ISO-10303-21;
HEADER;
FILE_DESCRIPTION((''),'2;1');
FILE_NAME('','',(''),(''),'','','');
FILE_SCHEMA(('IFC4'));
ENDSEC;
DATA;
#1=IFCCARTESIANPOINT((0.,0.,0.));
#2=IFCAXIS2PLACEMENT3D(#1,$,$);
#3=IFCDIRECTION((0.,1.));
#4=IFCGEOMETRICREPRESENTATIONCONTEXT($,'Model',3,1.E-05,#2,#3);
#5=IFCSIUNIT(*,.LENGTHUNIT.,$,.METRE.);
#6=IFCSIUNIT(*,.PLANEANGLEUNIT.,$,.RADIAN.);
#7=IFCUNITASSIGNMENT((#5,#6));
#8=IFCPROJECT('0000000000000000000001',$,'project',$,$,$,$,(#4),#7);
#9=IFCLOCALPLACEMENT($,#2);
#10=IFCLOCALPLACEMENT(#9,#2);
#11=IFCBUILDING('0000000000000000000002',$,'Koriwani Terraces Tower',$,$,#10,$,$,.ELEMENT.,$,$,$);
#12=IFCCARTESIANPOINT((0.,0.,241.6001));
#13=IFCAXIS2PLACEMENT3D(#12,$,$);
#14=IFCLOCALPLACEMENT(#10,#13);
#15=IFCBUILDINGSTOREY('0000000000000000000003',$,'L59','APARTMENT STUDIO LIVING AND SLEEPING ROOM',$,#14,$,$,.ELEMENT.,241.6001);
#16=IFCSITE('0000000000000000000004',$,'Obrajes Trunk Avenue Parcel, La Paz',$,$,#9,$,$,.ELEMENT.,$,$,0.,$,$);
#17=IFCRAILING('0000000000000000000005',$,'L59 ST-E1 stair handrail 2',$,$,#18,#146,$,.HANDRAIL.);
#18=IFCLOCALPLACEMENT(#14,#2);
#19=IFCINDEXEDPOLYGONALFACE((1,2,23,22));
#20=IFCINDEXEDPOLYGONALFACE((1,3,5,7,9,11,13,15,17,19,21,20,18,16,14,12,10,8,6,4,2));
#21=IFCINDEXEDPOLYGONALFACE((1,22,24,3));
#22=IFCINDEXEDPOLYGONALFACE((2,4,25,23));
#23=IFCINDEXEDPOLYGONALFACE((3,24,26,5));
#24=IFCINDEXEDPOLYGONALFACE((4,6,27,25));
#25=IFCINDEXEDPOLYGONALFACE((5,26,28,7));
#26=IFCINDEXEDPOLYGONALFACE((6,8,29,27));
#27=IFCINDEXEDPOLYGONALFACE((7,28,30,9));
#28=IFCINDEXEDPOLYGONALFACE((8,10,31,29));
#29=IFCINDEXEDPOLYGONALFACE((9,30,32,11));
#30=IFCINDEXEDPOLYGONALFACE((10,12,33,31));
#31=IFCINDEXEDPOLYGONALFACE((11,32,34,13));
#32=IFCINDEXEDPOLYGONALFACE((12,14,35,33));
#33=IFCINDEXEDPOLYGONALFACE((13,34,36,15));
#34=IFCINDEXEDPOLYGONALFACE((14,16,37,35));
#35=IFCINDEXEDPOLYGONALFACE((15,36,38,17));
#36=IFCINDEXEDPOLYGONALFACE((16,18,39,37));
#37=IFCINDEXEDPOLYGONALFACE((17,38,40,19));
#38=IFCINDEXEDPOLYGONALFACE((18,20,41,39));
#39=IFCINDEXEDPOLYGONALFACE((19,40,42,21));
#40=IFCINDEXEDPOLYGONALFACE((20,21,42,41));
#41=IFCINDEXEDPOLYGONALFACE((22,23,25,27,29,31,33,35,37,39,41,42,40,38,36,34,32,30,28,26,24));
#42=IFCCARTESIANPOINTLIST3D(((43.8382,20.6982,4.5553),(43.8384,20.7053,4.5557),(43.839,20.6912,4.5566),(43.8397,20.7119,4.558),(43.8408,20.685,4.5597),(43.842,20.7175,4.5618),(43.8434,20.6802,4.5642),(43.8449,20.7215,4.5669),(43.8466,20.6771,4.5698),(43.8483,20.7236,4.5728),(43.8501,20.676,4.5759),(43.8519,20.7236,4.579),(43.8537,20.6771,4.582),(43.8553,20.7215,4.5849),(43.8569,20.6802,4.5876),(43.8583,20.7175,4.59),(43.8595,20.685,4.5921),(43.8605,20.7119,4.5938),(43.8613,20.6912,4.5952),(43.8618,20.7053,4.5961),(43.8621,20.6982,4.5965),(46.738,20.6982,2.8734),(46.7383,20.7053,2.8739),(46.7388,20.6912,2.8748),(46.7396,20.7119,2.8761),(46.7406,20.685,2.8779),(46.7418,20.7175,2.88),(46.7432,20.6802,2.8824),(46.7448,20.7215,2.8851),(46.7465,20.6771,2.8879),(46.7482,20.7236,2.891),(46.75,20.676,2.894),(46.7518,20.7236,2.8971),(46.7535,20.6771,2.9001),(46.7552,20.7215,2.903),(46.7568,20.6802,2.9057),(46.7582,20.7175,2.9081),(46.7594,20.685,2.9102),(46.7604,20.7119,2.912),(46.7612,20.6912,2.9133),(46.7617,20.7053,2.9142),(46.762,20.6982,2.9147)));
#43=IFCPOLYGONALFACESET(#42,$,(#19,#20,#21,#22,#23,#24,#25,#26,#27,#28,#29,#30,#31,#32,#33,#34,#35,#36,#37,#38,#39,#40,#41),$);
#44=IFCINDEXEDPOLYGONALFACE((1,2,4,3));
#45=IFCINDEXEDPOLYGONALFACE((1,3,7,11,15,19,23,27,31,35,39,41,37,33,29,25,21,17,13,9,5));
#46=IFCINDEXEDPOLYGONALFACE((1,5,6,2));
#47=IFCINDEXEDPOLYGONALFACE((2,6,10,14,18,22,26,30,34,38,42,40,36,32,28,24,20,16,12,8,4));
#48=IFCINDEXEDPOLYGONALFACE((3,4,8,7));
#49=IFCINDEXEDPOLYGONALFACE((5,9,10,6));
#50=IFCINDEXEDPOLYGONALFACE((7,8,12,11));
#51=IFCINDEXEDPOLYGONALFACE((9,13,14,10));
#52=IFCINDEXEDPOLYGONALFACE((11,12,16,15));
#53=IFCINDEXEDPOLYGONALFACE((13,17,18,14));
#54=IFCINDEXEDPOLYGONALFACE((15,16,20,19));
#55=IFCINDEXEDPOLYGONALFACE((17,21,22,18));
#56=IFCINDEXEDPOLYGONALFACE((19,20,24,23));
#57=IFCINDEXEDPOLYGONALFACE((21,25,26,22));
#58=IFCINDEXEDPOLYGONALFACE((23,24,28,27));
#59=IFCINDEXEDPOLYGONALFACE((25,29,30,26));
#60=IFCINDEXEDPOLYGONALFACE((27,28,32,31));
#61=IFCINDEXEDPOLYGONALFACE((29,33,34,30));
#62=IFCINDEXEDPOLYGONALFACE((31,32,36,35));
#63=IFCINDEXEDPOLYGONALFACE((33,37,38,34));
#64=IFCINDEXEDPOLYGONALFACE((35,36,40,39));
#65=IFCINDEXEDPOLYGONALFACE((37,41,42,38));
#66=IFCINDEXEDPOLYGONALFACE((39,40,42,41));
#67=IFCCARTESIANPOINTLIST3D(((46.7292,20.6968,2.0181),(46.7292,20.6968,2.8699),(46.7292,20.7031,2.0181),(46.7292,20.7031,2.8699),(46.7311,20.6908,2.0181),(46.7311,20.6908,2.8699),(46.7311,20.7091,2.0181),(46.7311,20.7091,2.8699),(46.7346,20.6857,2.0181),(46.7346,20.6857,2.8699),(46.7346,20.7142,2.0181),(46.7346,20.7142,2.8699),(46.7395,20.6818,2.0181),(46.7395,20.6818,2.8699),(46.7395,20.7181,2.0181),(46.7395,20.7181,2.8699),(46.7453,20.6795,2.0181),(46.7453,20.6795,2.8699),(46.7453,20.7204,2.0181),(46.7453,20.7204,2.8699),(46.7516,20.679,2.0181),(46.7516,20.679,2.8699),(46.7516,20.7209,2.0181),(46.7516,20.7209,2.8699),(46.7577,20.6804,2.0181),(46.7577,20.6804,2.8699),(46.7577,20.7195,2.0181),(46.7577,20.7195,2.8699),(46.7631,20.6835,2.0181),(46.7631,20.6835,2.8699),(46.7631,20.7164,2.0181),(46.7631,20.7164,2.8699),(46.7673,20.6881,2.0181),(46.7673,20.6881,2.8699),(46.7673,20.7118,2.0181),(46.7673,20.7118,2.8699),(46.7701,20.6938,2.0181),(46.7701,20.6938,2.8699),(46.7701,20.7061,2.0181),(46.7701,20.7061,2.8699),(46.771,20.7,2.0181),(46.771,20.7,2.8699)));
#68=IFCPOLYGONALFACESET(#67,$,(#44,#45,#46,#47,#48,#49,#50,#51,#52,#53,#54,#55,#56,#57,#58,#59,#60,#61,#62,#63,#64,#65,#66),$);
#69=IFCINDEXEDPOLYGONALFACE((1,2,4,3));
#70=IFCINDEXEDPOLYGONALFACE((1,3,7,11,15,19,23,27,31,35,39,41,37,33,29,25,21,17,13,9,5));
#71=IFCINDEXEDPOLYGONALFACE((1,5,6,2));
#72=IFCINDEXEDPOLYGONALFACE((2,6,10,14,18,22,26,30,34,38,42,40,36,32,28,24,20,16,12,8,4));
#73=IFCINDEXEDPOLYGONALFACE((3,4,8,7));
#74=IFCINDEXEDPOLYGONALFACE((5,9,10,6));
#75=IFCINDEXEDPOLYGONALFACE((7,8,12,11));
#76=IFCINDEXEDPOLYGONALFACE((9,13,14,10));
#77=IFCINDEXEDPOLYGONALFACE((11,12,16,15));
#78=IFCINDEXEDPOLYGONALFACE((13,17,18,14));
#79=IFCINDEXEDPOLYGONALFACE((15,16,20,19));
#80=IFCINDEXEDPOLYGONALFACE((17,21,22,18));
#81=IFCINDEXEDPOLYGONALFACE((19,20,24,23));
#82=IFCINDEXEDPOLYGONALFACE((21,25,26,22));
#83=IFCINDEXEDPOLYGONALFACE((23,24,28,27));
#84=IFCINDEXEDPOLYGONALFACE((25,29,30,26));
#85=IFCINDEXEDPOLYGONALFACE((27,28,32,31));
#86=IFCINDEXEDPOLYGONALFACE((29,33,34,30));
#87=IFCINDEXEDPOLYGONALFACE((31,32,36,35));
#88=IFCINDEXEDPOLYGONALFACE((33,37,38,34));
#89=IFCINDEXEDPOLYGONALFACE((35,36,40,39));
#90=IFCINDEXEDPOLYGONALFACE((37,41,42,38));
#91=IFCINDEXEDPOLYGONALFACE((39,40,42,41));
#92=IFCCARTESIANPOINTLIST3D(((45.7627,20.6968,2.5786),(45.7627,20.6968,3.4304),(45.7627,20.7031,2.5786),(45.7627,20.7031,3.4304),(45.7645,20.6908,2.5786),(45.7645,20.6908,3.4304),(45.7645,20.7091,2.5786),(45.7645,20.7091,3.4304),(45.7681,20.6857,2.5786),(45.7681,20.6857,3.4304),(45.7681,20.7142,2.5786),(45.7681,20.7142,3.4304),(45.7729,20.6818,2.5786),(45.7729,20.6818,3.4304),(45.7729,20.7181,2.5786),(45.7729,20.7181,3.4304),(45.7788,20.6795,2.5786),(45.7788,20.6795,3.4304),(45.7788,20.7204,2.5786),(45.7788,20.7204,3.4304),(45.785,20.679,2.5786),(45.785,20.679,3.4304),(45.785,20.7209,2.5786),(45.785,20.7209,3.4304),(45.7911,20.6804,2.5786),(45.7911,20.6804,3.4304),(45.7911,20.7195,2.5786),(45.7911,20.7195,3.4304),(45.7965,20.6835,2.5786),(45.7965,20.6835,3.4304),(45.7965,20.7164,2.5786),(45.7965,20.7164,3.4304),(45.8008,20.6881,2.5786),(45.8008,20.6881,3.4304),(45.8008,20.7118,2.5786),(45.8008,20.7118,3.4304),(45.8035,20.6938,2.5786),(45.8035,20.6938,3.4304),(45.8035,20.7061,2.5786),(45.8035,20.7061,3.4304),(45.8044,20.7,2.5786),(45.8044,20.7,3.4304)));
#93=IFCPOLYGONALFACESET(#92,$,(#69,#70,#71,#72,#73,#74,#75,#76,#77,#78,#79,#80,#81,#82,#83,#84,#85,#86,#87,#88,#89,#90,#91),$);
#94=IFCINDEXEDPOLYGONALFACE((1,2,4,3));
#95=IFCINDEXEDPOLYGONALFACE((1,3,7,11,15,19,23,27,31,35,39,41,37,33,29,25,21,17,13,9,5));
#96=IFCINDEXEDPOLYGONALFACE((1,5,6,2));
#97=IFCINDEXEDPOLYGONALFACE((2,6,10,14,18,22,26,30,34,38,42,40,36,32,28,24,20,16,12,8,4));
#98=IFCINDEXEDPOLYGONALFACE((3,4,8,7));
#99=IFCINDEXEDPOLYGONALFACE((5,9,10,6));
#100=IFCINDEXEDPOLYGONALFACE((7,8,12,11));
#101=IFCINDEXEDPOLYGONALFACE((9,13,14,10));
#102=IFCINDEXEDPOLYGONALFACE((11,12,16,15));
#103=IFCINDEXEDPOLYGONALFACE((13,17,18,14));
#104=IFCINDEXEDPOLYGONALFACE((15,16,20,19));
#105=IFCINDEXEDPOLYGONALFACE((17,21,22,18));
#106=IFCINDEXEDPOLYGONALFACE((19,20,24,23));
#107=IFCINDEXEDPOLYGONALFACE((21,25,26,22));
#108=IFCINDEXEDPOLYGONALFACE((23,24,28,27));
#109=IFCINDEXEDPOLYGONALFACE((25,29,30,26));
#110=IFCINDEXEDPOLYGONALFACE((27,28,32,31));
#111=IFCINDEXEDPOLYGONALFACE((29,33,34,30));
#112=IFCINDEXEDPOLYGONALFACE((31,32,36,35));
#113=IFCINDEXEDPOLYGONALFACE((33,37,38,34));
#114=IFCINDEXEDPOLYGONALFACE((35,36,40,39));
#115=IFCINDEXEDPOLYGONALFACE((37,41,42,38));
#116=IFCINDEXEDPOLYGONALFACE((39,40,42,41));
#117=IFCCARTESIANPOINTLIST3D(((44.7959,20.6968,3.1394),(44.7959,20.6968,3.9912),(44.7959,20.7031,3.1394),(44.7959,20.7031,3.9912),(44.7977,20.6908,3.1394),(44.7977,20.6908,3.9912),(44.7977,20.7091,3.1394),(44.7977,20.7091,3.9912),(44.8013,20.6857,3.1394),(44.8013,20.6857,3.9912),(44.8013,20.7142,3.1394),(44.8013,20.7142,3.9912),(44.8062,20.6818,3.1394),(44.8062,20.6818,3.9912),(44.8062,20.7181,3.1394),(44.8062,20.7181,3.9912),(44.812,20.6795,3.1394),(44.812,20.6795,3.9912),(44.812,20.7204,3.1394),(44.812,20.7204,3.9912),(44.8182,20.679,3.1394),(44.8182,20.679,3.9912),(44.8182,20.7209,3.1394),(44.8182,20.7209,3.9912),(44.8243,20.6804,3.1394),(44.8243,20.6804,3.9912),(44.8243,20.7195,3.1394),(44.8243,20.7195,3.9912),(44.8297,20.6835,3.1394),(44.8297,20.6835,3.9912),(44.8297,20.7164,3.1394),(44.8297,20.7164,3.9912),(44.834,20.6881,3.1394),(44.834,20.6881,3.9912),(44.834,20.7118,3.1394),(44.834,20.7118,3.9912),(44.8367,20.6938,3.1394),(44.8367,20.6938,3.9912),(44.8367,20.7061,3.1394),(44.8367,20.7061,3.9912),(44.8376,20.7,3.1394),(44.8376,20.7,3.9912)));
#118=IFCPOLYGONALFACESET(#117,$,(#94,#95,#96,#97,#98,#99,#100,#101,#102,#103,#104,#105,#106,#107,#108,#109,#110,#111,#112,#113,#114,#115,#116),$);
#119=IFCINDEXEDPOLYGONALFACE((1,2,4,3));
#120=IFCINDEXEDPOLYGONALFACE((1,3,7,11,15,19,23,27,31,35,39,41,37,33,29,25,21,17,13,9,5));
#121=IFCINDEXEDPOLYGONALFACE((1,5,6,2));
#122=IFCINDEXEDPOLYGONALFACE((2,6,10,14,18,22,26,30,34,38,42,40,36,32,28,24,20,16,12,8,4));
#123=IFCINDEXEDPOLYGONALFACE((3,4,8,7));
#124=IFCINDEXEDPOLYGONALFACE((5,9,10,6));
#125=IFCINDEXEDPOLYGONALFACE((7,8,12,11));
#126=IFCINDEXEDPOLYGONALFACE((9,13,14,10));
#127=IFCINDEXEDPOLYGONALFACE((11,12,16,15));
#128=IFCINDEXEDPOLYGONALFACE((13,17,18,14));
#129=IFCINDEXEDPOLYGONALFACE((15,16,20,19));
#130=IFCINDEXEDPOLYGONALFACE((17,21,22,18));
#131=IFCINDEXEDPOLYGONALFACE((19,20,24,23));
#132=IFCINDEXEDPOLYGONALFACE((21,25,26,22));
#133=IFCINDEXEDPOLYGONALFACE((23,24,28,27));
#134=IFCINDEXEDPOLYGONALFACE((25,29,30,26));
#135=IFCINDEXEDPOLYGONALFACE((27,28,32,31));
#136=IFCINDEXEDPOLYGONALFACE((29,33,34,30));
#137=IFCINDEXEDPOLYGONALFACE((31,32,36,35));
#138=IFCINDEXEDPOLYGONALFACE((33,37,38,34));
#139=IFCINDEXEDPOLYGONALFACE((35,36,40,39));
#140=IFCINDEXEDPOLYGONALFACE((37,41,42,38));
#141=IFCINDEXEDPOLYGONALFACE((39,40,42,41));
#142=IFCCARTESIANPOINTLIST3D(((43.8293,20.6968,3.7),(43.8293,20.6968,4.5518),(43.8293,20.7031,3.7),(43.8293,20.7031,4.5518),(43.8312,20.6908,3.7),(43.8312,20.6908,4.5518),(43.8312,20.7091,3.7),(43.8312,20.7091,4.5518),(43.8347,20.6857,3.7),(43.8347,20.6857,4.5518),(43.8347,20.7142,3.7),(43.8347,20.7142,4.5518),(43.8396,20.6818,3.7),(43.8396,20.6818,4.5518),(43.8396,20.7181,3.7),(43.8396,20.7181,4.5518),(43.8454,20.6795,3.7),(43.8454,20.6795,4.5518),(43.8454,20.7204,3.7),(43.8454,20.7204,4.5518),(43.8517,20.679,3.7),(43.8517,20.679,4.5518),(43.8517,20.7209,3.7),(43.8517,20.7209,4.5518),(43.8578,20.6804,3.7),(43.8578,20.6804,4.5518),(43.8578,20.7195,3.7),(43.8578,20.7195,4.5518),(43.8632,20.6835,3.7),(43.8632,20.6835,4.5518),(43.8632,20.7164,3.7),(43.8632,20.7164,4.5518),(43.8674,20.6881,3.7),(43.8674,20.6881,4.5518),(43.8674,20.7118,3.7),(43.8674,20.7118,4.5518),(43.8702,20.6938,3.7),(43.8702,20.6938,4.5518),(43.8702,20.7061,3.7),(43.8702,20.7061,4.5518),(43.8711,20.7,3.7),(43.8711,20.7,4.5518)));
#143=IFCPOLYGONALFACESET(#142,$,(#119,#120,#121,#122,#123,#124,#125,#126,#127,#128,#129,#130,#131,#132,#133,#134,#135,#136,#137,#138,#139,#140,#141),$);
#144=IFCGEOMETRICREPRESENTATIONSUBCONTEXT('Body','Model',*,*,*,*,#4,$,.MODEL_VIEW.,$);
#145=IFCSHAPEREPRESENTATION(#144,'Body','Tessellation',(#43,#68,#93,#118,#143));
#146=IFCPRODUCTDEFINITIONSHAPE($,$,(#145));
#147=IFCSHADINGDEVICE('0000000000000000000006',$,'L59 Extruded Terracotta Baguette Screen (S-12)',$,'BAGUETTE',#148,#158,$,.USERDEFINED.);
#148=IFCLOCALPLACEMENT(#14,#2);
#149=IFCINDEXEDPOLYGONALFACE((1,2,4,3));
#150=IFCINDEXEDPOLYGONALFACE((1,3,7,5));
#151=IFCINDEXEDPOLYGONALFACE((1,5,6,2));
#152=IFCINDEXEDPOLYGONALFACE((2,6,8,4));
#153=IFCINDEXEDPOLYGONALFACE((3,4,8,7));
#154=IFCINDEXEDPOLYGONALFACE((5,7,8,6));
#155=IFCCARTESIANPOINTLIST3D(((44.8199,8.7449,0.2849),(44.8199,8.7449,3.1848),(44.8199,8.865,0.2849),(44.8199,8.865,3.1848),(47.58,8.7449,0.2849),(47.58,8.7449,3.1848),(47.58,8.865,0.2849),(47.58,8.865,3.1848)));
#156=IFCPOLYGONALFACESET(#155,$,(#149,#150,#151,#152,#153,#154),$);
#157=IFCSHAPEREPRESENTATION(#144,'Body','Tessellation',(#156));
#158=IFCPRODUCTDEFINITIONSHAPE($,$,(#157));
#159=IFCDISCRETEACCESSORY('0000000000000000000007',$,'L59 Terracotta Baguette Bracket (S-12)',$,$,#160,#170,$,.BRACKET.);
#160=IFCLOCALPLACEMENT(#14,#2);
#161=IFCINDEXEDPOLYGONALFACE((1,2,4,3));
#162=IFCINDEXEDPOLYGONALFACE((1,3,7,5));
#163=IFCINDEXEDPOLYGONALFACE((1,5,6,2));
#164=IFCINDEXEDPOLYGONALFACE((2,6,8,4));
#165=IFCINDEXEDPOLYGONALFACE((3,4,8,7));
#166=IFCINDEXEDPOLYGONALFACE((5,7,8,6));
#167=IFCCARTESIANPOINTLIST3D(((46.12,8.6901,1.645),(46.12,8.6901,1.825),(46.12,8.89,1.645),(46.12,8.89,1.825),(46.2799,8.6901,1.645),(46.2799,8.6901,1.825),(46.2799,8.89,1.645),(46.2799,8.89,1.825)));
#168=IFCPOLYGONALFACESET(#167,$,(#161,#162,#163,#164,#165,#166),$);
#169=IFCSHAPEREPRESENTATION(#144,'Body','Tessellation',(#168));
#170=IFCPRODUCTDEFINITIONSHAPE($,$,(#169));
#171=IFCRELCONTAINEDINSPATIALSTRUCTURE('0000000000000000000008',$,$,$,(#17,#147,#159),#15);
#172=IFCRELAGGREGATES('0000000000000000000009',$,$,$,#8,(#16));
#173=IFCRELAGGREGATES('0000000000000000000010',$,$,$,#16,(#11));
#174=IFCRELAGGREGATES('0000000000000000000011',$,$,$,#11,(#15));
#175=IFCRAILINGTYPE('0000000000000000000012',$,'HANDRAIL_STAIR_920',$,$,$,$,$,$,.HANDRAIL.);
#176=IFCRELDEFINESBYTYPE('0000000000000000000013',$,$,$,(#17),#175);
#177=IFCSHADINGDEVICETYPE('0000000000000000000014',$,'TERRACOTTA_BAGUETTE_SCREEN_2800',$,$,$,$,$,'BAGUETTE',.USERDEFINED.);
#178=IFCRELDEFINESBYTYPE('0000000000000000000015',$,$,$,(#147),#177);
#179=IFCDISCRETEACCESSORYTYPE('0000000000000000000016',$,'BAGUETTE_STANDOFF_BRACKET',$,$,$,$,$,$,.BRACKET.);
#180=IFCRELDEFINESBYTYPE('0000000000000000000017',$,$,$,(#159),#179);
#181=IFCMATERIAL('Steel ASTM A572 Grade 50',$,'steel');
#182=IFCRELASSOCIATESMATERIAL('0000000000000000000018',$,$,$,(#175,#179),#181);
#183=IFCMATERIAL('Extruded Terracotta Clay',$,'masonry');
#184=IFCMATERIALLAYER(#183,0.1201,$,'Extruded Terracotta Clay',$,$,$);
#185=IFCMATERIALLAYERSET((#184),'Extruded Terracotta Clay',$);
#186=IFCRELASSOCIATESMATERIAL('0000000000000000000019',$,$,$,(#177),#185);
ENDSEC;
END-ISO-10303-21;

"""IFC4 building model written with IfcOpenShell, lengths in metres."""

from ifc_helpers import new_model, si_unit, direction, frame, origin, origin_2d, place, context, subcontext, project, spatial, rectangle, circle, extrude, material, layer, layer_set, type_object, element, save


model = new_model("IFC4")

# Units and contexts
model_context = context("Model", 3, precision=1e-05, world=origin(), true_north=direction((0.0, 1.0)))
body_context = subcontext(model_context, "Body", "Model", "MODEL_VIEW")
ifc_project = project(units=[si_unit("LENGTHUNIT", "METRE"), si_unit("PLANEANGLEUNIT", "RADIAN")], contexts=[model_context])

# Site, building, storey
site_placement = place(None, origin())
site = spatial("IfcSite", under=ifc_project, at=site_placement, Name="Obrajes Trunk Avenue Parcel, La Paz", CompositionType="ELEMENT", RefElevation=0.0)
building_placement = place(site_placement, origin())
building = spatial("IfcBuilding", under=site, at=building_placement, Name="Koriwani Terraces Tower", CompositionType="ELEMENT")
storey_placement = place(building_placement, frame((0.0, 0.0, 241.6001)))
storey = spatial("IfcBuildingStorey", under=building, at=storey_placement, Name="L59", Description="APARTMENT STUDIO LIVING AND SLEEPING ROOM", CompositionType="ELEMENT", Elevation=241.6001)

# Shared definitions
ifc_material_1 = material(Name="Steel ASTM A572 Grade 50", Category="steel")

# Railing
railing_type_1 = type_object("IfcRailingType", Name="HANDRAIL_STAIR_920", PredefinedType="HANDRAIL", material=ifc_material_1)
railing_1_placement = place(storey_placement, frame((46.75, 20.7, 2.0181)))
element("IfcRailing", 1, at=railing_1_placement, inside=storey, type_object=railing_type_1, Name="L59 ST-E1 stair handrail 2", PredefinedType="HANDRAIL", context=body_context, shape_type="SweptSolid", body=[
    extrude(circle(Radius=0.0239, at=origin_2d()), frame((0.0, 0.0, 0.876), z_axis=(-0.865039, 0.0, 0.501705), x_axis=(0.0, -1.0, 0.0)), (0.0, 0.0, 1.0), 3.3523),
    extrude(circle(Radius=0.021, at=origin_2d()), origin(), (0.0, 0.0, 1.0), 0.8518),
    extrude(circle(Radius=0.021, at=origin_2d()), frame((-0.9666, 0.0, 0.5605)), (0.0, 0.0, 1.0), 0.8518),
    extrude(circle(Radius=0.021, at=origin_2d()), frame((-1.9333, 0.0, 1.1213)), (0.0, 0.0, 1.0), 0.8518),
    extrude(circle(Radius=0.021, at=origin_2d()), frame((-2.8999, 0.0, 1.6819)), (0.0, 0.0, 1.0), 0.8518),
])

# Shading device
ifc_material_2 = material(Name="Extruded Terracotta Clay", Category="masonry")
ifc_layer_1 = layer(ifc_material_2, 0.1201, Name="Extruded Terracotta Clay")
ifc_layer_set_1 = layer_set([ifc_layer_1], Name="Extruded Terracotta Clay")
shading_device_type = type_object("IfcShadingDeviceType", Name="TERRACOTTA_BAGUETTE_SCREEN_2800", ElementType="BAGUETTE", PredefinedType="USERDEFINED", material=ifc_layer_set_1)
shading_device_placement = place(storey_placement, frame((46.2, 8.8049, 0.2849), z_axis=(0.0, 0.0, 1.0), x_axis=(-1.0, 0.0, 0.0)))
element("IfcShadingDevice", 2, at=shading_device_placement, inside=storey, type_object=shading_device_type, Name="L59 Extruded Terracotta Baguette Screen (S-12)", ObjectType="BAGUETTE", PredefinedType="USERDEFINED", context=body_context, shape_type="SweptSolid", body=[
    extrude(rectangle(XDim=2.76, YDim=0.1201, at=origin_2d()), origin(), (0.0, 0.0, 1.0), 2.8999),
])

# Discrete accessory
discrete_accessory_type = type_object("IfcDiscreteAccessoryType", Name="BAGUETTE_STANDOFF_BRACKET", PredefinedType="BRACKET", material=ifc_material_1)
discrete_accessory_placement = place(storey_placement, frame((46.2, 8.79, 1.645), z_axis=(0.0, 0.0, 1.0), x_axis=(-1.0, 0.0, 0.0)))
element("IfcDiscreteAccessory", 3, at=discrete_accessory_placement, inside=storey, type_object=discrete_accessory_type, Name="L59 Terracotta Baguette Bracket (S-12)", PredefinedType="BRACKET", context=body_context, shape_type="SweptSolid", body=[
    extrude(rectangle(XDim=0.1599, YDim=0.2, at=origin_2d()), origin(), (0.0, 0.0, 1.0), 0.1799),
])

save(model, "model.ifc")
